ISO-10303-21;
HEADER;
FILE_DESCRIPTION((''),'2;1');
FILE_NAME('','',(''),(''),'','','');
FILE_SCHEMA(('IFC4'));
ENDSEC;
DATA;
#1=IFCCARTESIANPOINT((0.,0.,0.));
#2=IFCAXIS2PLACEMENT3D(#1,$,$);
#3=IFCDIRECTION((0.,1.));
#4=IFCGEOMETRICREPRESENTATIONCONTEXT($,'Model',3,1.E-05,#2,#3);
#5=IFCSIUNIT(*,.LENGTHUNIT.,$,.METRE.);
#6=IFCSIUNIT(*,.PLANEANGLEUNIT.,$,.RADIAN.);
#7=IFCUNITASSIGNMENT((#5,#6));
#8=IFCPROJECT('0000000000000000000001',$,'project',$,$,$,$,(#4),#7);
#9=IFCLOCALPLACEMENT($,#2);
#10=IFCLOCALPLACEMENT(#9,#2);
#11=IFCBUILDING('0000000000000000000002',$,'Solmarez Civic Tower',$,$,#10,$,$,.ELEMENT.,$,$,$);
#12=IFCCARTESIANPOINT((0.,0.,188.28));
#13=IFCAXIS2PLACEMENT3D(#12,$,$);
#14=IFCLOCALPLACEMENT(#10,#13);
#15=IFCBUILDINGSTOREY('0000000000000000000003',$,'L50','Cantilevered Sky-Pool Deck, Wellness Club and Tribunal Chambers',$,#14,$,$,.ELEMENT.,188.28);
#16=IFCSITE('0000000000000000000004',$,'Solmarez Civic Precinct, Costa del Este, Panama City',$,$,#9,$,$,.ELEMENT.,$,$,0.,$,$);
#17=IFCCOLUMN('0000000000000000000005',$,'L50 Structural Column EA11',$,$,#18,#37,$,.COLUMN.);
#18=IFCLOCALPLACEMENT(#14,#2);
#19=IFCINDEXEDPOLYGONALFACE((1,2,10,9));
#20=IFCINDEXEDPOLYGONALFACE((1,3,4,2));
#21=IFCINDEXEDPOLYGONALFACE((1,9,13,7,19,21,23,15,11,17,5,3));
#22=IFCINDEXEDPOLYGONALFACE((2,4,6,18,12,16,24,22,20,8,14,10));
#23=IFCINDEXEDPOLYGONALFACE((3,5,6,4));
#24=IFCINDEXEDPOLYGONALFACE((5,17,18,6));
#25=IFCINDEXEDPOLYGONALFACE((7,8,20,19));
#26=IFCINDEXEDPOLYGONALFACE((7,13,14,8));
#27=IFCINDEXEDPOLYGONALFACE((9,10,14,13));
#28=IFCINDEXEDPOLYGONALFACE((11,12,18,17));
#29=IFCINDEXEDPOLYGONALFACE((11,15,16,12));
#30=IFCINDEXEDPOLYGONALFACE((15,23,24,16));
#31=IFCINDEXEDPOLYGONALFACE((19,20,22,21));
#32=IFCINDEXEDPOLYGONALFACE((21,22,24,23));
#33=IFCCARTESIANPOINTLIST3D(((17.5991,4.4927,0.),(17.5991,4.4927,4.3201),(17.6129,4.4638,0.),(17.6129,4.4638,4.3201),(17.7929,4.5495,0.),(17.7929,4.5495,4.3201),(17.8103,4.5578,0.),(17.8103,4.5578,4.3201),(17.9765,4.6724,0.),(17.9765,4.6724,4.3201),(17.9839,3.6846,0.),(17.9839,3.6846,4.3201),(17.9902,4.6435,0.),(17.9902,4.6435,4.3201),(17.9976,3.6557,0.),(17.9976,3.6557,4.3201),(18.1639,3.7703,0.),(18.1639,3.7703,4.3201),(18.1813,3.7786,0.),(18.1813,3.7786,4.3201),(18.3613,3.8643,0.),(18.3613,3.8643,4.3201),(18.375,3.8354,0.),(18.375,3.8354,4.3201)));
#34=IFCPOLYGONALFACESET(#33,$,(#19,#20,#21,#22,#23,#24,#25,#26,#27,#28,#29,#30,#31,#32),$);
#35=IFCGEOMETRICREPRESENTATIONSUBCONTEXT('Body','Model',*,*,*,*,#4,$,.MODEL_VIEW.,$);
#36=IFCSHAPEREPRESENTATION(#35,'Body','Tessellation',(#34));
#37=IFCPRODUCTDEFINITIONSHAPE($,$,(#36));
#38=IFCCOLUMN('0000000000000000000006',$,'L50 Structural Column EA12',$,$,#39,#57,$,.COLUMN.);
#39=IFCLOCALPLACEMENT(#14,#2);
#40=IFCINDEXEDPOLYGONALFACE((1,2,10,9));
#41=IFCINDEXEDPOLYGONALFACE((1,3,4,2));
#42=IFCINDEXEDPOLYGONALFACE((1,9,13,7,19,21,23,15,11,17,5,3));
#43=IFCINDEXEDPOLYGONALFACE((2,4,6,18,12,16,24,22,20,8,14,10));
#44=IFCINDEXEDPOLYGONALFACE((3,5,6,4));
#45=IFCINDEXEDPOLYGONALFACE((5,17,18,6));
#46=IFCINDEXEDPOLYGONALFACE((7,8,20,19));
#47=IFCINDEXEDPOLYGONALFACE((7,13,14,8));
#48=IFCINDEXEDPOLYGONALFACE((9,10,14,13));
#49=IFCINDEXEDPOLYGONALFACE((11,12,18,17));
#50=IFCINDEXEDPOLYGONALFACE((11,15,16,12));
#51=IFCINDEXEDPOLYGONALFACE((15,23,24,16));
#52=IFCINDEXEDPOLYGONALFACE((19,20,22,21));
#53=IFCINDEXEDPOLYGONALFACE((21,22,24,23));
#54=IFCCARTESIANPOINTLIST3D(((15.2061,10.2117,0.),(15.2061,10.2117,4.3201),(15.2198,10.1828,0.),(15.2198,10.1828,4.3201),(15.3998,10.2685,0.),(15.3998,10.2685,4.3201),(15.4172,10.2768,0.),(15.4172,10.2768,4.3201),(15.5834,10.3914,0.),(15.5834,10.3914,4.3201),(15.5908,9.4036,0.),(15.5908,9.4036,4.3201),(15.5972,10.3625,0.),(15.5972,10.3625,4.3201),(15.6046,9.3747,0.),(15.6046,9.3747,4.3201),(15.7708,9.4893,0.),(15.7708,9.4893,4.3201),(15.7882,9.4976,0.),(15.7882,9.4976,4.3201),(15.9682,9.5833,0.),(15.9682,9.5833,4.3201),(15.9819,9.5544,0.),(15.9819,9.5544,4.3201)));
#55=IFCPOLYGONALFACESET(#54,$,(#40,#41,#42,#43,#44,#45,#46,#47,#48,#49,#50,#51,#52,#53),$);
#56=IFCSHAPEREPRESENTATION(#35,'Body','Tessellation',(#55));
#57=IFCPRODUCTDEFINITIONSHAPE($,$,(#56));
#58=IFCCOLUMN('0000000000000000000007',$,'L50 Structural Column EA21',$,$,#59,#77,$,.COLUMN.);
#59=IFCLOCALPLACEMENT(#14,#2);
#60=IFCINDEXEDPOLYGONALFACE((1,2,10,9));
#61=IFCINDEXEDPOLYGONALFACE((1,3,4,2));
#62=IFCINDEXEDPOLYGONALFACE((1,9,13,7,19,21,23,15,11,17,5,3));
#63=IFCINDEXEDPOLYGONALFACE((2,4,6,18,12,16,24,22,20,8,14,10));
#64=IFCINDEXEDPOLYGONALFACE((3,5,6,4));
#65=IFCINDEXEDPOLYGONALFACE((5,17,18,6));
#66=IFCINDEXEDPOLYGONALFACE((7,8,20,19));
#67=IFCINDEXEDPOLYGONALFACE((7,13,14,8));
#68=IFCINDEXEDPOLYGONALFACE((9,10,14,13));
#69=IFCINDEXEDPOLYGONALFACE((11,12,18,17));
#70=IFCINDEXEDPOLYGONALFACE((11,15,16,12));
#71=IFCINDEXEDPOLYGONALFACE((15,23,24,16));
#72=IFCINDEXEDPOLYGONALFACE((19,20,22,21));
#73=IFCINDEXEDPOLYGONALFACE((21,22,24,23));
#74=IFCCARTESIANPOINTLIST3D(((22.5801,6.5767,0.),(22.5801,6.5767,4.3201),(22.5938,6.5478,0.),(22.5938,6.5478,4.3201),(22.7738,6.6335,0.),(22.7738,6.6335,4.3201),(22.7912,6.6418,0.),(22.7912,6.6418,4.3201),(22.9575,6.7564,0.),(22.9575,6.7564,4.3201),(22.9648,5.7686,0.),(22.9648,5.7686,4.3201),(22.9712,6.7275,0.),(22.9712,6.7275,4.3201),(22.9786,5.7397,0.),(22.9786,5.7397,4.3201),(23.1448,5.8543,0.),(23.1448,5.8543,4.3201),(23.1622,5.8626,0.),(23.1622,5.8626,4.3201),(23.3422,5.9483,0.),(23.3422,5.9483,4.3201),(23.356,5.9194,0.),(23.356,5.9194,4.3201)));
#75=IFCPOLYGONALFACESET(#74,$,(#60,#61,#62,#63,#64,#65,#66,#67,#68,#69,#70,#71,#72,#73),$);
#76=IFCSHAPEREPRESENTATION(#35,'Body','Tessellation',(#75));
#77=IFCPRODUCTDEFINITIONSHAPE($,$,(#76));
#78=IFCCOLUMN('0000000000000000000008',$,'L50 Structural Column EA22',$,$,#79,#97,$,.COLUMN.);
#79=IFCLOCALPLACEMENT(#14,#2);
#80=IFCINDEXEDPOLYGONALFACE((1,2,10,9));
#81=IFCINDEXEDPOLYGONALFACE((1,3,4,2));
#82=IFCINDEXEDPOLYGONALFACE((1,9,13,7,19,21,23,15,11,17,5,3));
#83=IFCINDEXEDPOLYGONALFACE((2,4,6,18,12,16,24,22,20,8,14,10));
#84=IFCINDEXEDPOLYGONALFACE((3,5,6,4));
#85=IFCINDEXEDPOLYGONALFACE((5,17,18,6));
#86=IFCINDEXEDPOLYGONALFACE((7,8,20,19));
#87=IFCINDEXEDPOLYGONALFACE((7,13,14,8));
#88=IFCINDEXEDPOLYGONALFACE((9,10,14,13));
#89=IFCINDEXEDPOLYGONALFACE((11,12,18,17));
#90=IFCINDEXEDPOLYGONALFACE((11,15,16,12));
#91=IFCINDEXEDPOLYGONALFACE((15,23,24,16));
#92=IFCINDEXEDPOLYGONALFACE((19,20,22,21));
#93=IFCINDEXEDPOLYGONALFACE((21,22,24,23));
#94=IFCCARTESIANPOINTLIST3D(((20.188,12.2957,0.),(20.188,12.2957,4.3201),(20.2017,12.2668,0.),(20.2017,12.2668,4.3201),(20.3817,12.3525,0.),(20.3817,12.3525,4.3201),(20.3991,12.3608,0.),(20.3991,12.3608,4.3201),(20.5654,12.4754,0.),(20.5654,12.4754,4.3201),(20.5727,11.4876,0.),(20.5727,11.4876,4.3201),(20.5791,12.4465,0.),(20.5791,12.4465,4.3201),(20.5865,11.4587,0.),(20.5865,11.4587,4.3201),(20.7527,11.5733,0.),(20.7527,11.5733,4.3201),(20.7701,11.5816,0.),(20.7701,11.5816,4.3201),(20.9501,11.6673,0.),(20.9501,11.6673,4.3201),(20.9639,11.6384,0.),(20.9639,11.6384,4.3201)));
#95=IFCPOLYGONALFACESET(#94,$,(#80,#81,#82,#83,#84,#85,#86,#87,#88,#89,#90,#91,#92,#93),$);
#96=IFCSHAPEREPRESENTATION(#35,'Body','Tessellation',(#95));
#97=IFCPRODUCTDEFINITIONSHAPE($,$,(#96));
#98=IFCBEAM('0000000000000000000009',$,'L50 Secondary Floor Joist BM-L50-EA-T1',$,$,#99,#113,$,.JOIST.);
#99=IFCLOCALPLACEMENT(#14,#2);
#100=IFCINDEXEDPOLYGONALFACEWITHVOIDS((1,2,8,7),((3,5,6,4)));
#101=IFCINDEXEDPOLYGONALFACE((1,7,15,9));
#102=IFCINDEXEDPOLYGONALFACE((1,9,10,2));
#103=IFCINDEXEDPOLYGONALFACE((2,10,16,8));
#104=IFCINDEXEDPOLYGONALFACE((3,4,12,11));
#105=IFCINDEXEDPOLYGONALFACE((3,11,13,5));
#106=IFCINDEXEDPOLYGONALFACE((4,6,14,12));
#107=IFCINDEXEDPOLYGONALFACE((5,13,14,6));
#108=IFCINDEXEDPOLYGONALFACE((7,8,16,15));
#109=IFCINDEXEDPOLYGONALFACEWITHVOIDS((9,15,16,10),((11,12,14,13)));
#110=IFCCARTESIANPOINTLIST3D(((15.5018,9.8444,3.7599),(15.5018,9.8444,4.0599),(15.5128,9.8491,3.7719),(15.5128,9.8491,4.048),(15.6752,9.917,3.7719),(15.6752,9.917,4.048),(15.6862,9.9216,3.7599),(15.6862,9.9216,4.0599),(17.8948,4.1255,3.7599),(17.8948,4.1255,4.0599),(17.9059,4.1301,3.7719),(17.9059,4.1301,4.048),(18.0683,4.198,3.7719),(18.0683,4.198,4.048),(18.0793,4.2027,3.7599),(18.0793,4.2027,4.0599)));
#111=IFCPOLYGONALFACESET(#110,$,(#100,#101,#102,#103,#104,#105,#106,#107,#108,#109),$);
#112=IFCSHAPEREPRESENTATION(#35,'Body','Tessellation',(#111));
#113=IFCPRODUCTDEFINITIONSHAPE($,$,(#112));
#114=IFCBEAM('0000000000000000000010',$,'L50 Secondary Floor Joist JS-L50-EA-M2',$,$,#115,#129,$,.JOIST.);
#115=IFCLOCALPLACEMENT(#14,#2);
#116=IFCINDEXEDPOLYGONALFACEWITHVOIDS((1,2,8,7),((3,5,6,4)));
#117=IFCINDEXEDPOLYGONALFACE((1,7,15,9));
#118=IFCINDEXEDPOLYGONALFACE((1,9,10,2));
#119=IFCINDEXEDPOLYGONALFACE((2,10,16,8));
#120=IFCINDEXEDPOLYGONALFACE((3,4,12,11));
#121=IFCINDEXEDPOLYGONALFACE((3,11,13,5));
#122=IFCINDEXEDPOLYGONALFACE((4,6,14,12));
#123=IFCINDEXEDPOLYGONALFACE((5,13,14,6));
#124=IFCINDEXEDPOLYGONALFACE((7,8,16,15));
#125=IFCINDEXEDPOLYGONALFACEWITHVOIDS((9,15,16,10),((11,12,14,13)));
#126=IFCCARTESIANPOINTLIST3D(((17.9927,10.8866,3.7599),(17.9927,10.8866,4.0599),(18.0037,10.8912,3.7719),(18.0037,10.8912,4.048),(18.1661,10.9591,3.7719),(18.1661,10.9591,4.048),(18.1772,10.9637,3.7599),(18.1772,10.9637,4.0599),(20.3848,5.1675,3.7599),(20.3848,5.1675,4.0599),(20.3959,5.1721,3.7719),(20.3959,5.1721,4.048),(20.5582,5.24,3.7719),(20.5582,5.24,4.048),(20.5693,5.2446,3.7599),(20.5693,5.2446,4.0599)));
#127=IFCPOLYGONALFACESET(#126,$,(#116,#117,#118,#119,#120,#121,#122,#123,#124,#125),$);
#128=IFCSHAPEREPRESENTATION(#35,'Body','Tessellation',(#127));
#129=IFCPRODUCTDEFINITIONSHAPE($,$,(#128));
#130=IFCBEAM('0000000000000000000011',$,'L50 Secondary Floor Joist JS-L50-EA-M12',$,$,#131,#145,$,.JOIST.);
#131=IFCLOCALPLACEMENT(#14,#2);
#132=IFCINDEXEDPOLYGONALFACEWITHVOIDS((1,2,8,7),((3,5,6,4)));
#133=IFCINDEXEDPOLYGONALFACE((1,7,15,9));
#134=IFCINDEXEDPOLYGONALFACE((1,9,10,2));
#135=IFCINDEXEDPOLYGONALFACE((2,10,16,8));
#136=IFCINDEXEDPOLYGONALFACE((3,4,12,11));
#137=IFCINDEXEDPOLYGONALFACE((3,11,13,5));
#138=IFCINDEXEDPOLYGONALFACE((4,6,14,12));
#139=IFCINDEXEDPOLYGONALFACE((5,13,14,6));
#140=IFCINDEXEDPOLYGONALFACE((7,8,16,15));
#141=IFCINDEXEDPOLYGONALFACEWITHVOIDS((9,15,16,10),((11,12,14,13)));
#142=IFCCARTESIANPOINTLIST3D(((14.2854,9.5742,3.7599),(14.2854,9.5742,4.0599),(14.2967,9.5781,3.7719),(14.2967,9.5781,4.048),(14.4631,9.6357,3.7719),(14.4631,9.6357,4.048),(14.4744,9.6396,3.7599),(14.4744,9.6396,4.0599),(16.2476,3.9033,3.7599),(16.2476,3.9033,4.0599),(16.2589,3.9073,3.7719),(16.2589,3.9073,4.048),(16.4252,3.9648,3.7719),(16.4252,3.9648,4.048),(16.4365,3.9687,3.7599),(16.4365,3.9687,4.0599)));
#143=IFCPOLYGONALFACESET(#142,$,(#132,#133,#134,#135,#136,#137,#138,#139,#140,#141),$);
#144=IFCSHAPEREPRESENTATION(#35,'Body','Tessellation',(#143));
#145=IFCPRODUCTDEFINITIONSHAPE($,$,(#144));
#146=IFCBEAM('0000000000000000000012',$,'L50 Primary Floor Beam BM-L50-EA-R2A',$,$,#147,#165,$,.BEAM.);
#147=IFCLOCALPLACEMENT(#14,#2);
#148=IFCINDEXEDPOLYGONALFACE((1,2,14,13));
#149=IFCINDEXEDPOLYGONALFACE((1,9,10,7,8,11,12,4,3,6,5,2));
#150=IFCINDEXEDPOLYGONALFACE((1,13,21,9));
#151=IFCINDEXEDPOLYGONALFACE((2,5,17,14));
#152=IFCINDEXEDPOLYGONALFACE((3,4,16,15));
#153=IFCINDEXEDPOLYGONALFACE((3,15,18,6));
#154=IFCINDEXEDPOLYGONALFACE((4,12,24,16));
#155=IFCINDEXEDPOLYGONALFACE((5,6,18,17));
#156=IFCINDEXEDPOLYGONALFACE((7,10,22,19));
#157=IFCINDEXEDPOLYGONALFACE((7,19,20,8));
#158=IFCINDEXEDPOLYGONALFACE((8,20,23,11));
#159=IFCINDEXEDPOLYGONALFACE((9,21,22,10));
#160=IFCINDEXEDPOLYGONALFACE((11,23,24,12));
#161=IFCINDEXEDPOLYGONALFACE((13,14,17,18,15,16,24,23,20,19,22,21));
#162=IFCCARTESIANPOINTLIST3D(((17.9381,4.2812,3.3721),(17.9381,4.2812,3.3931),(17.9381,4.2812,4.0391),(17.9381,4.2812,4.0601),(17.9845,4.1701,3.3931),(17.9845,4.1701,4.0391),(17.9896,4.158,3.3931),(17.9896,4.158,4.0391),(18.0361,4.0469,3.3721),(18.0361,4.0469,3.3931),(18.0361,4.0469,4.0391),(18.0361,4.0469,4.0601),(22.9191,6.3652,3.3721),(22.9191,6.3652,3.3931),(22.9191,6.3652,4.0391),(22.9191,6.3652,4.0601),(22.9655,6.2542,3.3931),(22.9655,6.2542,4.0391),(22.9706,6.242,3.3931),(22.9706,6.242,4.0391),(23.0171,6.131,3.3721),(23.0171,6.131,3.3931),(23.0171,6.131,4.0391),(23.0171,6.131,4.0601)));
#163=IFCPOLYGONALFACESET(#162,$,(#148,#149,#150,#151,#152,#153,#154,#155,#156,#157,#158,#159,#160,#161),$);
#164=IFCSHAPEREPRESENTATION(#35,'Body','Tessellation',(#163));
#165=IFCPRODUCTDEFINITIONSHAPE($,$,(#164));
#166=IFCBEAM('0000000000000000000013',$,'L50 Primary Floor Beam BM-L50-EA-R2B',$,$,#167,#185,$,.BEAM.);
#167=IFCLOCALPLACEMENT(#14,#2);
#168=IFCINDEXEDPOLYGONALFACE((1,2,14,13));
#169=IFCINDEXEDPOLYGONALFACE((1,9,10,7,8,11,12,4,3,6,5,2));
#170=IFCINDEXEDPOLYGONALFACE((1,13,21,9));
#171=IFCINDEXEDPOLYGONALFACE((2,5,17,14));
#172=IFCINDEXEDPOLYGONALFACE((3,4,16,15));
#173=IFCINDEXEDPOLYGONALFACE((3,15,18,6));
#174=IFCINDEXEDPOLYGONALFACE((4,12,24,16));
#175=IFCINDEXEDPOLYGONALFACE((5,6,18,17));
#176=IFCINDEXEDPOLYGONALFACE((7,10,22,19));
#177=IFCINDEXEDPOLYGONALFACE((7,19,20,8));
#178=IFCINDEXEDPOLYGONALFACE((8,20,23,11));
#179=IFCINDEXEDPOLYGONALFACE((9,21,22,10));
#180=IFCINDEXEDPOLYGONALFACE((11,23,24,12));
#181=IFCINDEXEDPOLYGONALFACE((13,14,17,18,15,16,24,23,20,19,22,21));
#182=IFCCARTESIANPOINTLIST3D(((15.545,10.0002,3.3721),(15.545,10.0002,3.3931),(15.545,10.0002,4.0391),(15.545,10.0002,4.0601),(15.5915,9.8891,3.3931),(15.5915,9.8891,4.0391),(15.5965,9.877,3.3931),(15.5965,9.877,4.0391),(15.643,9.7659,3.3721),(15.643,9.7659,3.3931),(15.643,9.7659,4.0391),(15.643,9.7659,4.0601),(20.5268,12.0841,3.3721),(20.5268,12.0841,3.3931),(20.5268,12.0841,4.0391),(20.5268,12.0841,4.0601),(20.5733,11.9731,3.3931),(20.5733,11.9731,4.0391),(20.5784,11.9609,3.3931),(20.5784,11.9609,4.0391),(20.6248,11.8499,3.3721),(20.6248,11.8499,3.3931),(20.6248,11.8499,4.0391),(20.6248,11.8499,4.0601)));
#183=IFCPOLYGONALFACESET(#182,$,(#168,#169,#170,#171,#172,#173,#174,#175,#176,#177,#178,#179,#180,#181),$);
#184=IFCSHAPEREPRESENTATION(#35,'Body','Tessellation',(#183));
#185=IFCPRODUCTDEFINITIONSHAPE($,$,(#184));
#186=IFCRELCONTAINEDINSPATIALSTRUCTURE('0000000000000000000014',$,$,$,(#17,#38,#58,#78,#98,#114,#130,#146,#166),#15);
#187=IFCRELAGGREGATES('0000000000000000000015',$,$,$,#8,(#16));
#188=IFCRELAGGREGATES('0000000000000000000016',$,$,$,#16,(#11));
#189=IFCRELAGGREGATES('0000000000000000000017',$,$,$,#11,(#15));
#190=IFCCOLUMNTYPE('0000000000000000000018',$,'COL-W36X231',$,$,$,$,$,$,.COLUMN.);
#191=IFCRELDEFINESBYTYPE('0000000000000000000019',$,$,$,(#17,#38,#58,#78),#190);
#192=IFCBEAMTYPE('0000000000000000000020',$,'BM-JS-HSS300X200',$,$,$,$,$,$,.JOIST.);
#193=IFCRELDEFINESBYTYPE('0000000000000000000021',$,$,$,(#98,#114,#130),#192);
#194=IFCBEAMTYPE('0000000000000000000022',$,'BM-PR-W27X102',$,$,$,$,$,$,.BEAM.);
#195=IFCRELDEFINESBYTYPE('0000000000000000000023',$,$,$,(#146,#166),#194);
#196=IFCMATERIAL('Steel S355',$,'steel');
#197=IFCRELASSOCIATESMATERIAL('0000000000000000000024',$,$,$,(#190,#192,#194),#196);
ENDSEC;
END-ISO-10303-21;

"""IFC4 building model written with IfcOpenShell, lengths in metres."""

from ifc_helpers import new_model, si_unit, direction, frame, origin, origin_2d, place, context, subcontext, project, spatial, hollow_rectangle, i_section, extrude, material, material_profile, profile_set, type_object, element, save


model = new_model("IFC4")

# Units and contexts
model_context = context("Model", 3, precision=1e-05, world=origin(), true_north=direction((0.0, 1.0)))
body_context = subcontext(model_context, "Body", "Model", "MODEL_VIEW")
ifc_project = project(units=[si_unit("LENGTHUNIT", "METRE"), si_unit("PLANEANGLEUNIT", "RADIAN")], contexts=[model_context])

# Site, building, storey
site_placement = place(None, origin())
site = spatial("IfcSite", under=ifc_project, at=site_placement, Name="Solmarez Civic Precinct, Costa del Este, Panama City", CompositionType="ELEMENT", RefElevation=0.0)
building_placement = place(site_placement, origin())
building = spatial("IfcBuilding", under=site, at=building_placement, Name="Solmarez Civic Tower", CompositionType="ELEMENT")
storey_placement = place(building_placement, frame((0.0, 0.0, 188.28)))
storey = spatial("IfcBuildingStorey", under=building, at=storey_placement, Name="L50", Description="Cantilevered Sky-Pool Deck, Wellness Club and Tribunal Chambers", CompositionType="ELEMENT", Elevation=188.28)

# Columns
ifc_material_1 = material(Name="Steel S355", Category="steel")
ifc_material_profile_1 = material_profile(ifc_material_1, i_section(OverallWidth=0.418, OverallDepth=0.927, WebThickness=0.0193, FlangeThickness=0.032, at=origin_2d()), Name="W36X231")
ifc_profile_set_1 = profile_set([ifc_material_profile_1], Name="Steel S355")
column_type = type_object("IfcColumnType", Name="COL-W36X231", PredefinedType="COLUMN", material=ifc_profile_set_1)
for number, where, z_axis, x_axis, name in (
    (1, (17.9871, 4.1641, 0.0), (0.0, 0.0, 1.0), (0.902886, 0.429881, 0.0), "L50 Structural Column EA11"),
    (2, (15.594, 9.8831, 0.0), (0.0, 0.0, 1.0), (0.902886, 0.429881, 0.0), "L50 Structural Column EA12"),
    (3, (22.968, 6.248, 0.0), (0.0, 0.0, 1.0), (0.902886, 0.429881, 0.0), "L50 Structural Column EA21"),
    (4, (20.5759, 11.967, 0.0), (0.0, 0.0, 1.0), (0.902886, 0.429881, 0.0), "L50 Structural Column EA22"),
):
    element("IfcColumn", number, at=place(storey_placement, frame(where, z_axis=z_axis, x_axis=x_axis)), inside=storey, type_object=column_type, Name=name, PredefinedType="COLUMN", context=body_context, shape_type="SweptSolid", body=[
        extrude(i_section(OverallWidth=0.418, OverallDepth=0.927, WebThickness=0.0193, FlangeThickness=0.032, at=origin_2d()), origin(), (0.0, 0.0, 1.0), 4.3201),
    ])

# Beams
ifc_material_profile_2 = material_profile(ifc_material_1, hollow_rectangle(XDim=0.2, YDim=0.3, WallThickness=0.012, at=origin_2d()), Name="HSS300X200X12")
ifc_profile_set_2 = profile_set([ifc_material_profile_2], Name="Steel S355")
beam_type_1 = type_object("IfcBeamType", Name="BM-JS-HSS300X200", PredefinedType="JOIST", material=ifc_profile_set_2)
beam_1_placement = place(storey_placement, frame((17.9871, 4.1641, 3.9099), z_axis=(-0.38601, 0.922494, 0.0), x_axis=(-0.922494, -0.38601, 0.0)))
element("IfcBeam", 5, at=beam_1_placement, inside=storey, type_object=beam_type_1, Name="L50 Secondary Floor Joist BM-L50-EA-T1", PredefinedType="JOIST", context=body_context, shape_type="SweptSolid", body=[
    extrude(hollow_rectangle(XDim=0.2, YDim=0.3, WallThickness=0.012, at=origin_2d()), origin(), (0.0, 0.0, 1.0), 6.1995),
])
beam_2_placement = place(storey_placement, frame((20.4771, 5.2061, 3.9099), z_axis=(-0.385876, 0.922551, 0.0), x_axis=(-0.922551, -0.385876, 0.0)))
element("IfcBeam", 6, at=beam_2_placement, inside=storey, type_object=beam_type_1, Name="L50 Secondary Floor Joist JS-L50-EA-M2", PredefinedType="JOIST", context=body_context, shape_type="SweptSolid", body=[
    extrude(hollow_rectangle(XDim=0.2, YDim=0.3, WallThickness=0.012, at=origin_2d()), origin(), (0.0, 0.0, 1.0), 6.1992),
])
beam_3_placement = place(storey_placement, frame((16.342, 3.936, 3.9099), z_axis=(-0.326985, 0.94503, 0.0), x_axis=(-0.94503, -0.326985, 0.0)))
element("IfcBeam", 7, at=beam_3_placement, inside=storey, type_object=beam_type_1, Name="L50 Secondary Floor Joist JS-L50-EA-M12", PredefinedType="JOIST", context=body_context, shape_type="SweptSolid", body=[
    extrude(hollow_rectangle(XDim=0.2, YDim=0.3, WallThickness=0.012, at=origin_2d()), origin(), (0.0, 0.0, 1.0), 6.0007),
])
ifc_material_profile_3 = material_profile(ifc_material_1, i_section(OverallWidth=0.2539, OverallDepth=0.688, WebThickness=0.0132, FlangeThickness=0.021, at=origin_2d()), Name="W27X102")
ifc_profile_set_3 = profile_set([ifc_material_profile_3], Name="Steel S355")
beam_type_2 = type_object("IfcBeamType", Name="BM-PR-W27X102", PredefinedType="BEAM", material=ifc_profile_set_3)
beam_4_placement = place(storey_placement, frame((17.9871, 4.1641, 3.7161), z_axis=(0.922511, 0.38597, 0.0), x_axis=(-0.38597, 0.922511, 0.0)))
element("IfcBeam", 8, at=beam_4_placement, inside=storey, type_object=beam_type_2, Name="L50 Primary Floor Beam BM-L50-EA-R2A", PredefinedType="BEAM", context=body_context, shape_type="SweptSolid", body=[
    extrude(i_section(OverallWidth=0.2539, OverallDepth=0.688, WebThickness=0.0132, FlangeThickness=0.021, at=origin_2d()), origin(), (0.0, 0.0, 1.0), 5.3994),
])
beam_5_placement = place(storey_placement, frame((15.594, 9.8831, 3.7161), z_axis=(0.922538, 0.385905, 0.0), x_axis=(-0.385905, 0.922538, 0.0)))
element("IfcBeam", 9, at=beam_5_placement, inside=storey, type_object=beam_type_2, Name="L50 Primary Floor Beam BM-L50-EA-R2B", PredefinedType="BEAM", context=body_context, shape_type="SweptSolid", body=[
    extrude(i_section(OverallWidth=0.2539, OverallDepth=0.688, WebThickness=0.0132, FlangeThickness=0.021, at=origin_2d()), origin(), (0.0, 0.0, 1.0), 5.4001),
])

save(model, "model.ifc")
